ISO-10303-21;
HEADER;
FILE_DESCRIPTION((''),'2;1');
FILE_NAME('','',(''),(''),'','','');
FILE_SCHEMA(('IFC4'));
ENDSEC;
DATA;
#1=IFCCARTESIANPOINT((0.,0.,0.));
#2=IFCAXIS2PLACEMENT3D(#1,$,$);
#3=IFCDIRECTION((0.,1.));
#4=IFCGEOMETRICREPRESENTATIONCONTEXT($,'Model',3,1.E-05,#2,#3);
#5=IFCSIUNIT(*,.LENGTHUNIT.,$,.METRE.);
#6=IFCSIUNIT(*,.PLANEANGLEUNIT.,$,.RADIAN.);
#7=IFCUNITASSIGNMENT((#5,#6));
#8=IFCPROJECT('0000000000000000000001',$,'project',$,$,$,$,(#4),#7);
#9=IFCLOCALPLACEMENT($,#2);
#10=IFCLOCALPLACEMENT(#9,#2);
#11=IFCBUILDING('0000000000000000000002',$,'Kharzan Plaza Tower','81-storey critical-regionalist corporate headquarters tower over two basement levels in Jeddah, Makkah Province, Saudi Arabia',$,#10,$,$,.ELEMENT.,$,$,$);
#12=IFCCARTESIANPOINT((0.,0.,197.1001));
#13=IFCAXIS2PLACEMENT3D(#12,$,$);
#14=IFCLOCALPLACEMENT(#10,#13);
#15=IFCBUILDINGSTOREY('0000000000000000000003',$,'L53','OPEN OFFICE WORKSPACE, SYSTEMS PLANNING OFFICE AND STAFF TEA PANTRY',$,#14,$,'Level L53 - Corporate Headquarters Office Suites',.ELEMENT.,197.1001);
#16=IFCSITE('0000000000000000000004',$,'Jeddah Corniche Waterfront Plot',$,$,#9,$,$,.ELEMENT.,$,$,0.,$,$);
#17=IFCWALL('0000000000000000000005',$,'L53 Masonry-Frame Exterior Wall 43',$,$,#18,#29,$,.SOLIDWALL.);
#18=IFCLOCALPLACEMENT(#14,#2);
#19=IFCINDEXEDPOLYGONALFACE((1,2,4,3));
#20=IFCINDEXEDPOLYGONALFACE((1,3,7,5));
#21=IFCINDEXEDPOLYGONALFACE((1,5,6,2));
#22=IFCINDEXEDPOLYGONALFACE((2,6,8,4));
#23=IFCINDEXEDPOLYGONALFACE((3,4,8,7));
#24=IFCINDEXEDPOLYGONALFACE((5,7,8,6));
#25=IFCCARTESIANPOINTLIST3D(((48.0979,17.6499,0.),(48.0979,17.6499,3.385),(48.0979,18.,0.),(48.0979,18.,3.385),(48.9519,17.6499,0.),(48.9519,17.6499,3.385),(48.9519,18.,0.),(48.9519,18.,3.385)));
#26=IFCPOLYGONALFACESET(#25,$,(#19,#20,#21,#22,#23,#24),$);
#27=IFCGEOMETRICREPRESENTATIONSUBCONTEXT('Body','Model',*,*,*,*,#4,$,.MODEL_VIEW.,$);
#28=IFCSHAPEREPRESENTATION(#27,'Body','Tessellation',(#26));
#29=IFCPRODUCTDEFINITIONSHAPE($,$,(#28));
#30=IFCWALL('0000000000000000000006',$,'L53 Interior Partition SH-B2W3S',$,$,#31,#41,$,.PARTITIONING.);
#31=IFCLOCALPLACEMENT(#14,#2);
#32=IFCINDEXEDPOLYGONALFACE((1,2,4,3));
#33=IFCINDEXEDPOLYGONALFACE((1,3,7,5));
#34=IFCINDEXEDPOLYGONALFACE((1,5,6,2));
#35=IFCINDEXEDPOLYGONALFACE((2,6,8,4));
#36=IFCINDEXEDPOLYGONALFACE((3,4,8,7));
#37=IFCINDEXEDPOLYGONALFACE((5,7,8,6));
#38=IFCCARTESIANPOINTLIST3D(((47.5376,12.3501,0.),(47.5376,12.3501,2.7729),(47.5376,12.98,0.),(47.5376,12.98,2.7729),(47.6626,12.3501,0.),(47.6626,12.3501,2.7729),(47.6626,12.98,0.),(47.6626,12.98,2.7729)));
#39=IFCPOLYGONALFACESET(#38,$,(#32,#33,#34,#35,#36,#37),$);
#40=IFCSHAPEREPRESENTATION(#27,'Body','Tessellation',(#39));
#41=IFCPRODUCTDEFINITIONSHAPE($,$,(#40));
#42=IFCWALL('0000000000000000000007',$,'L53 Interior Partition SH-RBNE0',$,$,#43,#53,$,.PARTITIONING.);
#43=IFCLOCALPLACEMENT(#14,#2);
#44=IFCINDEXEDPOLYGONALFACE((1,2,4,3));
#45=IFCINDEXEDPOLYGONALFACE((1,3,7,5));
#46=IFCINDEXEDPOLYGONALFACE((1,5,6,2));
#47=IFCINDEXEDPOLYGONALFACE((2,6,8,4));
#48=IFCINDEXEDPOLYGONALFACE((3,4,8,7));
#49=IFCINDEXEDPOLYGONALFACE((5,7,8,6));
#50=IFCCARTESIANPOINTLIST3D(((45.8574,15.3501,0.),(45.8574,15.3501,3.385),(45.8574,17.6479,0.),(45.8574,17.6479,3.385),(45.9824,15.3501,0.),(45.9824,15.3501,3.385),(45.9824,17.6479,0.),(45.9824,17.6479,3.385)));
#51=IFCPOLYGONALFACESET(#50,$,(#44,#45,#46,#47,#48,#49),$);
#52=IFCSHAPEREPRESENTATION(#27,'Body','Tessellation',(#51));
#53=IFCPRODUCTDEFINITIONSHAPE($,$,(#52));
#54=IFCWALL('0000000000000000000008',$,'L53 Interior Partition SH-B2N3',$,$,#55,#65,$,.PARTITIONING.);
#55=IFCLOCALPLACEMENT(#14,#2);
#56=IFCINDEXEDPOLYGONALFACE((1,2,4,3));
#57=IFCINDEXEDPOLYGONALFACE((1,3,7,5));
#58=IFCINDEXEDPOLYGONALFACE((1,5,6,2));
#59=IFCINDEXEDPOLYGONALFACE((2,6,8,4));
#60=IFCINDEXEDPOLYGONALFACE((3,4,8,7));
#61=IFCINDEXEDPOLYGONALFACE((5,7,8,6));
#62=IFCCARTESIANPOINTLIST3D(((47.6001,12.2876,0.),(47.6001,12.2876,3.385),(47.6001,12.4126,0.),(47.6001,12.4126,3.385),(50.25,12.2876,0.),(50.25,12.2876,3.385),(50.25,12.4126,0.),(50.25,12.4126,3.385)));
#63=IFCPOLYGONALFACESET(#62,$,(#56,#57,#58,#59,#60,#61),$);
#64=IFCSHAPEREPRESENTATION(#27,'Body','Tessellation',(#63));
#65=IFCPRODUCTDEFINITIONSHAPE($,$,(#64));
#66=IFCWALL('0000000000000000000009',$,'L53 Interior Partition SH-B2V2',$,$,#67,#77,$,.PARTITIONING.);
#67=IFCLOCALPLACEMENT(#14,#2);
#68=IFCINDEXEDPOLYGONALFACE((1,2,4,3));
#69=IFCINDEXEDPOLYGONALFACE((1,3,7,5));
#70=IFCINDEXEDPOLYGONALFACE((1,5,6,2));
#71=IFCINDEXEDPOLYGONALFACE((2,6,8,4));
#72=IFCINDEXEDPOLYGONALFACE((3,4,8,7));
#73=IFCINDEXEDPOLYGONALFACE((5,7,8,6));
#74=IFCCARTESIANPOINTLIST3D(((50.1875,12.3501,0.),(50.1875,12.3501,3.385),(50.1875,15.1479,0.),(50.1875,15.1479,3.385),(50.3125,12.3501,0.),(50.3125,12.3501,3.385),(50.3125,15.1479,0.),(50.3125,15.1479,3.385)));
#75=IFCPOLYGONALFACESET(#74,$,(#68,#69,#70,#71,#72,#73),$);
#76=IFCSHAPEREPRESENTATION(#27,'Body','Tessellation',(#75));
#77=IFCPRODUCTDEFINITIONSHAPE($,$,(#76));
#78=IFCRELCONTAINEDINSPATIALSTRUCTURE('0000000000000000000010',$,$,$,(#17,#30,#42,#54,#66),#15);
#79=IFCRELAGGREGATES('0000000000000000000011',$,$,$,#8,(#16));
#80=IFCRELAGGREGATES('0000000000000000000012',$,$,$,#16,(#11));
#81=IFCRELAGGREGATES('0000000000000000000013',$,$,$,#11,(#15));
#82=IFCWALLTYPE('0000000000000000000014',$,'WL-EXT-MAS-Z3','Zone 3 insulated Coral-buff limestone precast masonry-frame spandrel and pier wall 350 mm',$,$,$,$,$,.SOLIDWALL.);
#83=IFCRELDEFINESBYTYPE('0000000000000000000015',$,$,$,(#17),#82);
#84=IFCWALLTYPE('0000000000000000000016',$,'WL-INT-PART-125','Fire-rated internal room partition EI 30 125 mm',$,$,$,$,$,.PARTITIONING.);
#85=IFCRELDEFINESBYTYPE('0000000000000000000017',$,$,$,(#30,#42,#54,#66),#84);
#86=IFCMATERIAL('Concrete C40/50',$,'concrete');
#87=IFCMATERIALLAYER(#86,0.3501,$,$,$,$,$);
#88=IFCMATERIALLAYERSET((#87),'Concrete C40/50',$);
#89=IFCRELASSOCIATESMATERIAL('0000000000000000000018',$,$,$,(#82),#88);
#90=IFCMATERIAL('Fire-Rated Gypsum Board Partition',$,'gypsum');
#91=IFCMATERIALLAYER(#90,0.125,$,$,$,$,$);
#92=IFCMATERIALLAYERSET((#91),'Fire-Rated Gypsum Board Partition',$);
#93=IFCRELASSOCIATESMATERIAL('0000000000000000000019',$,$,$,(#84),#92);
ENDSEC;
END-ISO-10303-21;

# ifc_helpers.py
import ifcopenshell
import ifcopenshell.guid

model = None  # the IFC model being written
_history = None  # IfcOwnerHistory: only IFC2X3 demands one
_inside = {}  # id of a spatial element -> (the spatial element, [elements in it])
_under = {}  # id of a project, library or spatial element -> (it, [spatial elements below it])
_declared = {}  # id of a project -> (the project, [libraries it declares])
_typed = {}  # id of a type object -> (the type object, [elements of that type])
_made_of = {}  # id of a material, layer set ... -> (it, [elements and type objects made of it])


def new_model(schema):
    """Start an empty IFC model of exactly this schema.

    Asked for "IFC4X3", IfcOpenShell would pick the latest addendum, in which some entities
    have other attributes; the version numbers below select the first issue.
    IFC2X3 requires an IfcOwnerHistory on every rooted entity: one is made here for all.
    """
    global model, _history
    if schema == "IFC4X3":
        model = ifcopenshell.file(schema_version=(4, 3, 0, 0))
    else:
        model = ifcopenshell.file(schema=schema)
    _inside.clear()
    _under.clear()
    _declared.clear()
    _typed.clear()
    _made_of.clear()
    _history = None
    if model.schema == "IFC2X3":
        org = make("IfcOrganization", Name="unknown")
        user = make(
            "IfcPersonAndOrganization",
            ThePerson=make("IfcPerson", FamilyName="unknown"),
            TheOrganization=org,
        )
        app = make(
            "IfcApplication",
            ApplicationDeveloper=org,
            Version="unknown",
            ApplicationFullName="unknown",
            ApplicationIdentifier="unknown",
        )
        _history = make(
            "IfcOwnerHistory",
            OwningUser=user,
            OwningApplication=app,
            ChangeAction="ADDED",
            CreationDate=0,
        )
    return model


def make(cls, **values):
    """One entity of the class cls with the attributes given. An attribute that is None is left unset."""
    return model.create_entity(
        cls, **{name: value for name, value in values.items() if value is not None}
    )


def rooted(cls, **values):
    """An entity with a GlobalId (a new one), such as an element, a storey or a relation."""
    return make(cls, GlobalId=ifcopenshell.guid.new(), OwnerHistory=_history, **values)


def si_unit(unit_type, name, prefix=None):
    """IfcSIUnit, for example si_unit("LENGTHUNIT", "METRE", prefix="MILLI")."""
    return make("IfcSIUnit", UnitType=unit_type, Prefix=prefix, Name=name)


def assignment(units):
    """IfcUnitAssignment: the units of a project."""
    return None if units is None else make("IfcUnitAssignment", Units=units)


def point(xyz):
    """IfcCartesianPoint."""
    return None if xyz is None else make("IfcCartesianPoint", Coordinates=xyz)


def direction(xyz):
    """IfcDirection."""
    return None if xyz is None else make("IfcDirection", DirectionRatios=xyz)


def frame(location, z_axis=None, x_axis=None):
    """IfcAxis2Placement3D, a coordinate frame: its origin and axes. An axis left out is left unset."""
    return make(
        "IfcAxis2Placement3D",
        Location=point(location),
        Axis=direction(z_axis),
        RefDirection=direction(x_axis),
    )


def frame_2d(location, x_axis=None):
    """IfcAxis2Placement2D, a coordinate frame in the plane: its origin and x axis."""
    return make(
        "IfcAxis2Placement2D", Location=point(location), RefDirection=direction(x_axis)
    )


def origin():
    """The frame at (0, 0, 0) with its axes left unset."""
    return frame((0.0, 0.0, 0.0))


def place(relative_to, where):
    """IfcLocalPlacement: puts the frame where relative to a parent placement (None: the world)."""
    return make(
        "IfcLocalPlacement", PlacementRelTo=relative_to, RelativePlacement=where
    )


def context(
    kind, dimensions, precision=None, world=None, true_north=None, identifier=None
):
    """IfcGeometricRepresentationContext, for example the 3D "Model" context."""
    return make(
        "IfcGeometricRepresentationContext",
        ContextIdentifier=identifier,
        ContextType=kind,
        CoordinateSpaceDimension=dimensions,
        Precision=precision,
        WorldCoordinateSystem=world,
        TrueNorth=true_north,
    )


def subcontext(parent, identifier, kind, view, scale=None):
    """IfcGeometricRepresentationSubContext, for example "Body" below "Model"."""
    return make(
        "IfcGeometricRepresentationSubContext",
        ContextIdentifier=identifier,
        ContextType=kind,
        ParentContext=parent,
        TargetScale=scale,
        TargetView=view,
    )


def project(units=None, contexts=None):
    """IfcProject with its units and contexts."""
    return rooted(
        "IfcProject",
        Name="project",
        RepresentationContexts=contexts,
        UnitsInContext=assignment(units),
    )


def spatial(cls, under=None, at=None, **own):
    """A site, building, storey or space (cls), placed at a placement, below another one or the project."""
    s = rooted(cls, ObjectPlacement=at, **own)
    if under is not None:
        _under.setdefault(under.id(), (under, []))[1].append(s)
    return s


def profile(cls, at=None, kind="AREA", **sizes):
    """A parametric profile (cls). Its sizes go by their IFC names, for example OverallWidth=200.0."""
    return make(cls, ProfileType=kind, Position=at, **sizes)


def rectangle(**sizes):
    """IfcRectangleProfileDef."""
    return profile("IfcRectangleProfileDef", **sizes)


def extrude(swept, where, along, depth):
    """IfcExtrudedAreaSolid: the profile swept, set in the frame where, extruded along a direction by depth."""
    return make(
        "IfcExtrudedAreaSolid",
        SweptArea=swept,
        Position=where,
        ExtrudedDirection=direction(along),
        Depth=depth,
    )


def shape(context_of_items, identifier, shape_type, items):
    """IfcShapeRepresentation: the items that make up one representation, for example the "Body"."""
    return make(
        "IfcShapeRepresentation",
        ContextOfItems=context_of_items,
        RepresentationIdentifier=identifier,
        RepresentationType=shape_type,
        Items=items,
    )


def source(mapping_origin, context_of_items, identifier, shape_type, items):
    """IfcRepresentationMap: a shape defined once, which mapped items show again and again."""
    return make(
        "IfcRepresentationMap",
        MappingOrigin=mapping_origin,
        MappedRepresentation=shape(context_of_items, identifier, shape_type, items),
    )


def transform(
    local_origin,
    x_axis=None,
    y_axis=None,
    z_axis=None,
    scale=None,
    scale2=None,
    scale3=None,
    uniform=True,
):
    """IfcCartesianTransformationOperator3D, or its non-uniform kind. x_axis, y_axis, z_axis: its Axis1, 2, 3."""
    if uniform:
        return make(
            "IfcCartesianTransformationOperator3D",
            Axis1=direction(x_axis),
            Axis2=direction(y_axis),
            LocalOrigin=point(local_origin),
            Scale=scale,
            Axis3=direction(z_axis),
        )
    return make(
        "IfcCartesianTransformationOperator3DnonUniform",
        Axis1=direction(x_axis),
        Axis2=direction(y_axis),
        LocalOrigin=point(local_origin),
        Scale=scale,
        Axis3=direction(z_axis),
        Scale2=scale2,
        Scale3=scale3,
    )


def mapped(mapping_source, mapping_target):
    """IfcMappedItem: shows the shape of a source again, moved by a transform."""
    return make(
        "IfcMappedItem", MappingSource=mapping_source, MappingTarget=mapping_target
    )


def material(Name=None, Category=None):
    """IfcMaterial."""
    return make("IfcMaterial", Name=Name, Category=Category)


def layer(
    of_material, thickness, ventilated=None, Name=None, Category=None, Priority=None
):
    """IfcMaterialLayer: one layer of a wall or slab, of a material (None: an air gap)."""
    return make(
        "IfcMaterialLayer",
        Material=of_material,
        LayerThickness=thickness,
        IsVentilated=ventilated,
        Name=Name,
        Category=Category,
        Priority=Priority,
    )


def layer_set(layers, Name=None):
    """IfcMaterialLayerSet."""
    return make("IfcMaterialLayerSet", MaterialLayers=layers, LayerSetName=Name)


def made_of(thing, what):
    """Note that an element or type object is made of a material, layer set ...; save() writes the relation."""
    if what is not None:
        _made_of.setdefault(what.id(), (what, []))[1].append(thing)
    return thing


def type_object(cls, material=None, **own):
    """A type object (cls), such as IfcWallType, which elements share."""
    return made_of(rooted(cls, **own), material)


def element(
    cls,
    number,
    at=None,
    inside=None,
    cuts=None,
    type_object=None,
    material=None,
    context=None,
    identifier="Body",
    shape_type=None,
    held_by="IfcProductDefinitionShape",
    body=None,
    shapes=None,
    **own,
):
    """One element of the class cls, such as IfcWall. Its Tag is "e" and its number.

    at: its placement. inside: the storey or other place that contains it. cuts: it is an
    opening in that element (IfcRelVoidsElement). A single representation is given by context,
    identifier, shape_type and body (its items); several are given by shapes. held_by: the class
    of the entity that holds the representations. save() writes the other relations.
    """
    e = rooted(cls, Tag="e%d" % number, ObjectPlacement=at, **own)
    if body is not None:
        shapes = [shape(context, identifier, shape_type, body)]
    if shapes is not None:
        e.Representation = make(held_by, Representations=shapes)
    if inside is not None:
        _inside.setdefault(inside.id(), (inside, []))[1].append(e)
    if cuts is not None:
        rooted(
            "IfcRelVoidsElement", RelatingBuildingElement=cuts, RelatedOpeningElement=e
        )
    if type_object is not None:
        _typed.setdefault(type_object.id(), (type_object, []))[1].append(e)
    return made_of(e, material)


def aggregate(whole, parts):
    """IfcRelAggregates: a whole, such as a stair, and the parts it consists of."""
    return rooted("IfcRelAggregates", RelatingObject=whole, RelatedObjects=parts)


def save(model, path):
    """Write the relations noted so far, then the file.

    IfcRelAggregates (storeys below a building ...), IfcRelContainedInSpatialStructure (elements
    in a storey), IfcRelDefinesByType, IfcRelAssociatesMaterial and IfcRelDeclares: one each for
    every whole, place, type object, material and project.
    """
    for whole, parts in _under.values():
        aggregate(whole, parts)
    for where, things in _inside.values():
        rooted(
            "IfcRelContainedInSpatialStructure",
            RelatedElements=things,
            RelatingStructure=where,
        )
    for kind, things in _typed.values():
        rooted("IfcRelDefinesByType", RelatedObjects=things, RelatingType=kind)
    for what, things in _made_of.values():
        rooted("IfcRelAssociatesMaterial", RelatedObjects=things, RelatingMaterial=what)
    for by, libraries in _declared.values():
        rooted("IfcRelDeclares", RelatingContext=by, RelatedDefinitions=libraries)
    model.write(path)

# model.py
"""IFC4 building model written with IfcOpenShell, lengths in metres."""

from ifc_helpers import new_model, si_unit, direction, frame, frame_2d, origin, place, context, subcontext, project, spatial, rectangle, extrude, source, transform, mapped, material, layer, layer_set, type_object, element, save


model = new_model("IFC4")

# Units and contexts
model_context = context("Model", 3, precision=1e-05, world=origin(), true_north=direction((0.0, 1.0)))
body_context = subcontext(model_context, "Body", "Model", "MODEL_VIEW")
ifc_project = project(units=[si_unit("LENGTHUNIT", "METRE"), si_unit("PLANEANGLEUNIT", "RADIAN")], contexts=[model_context])

# Site, building, storey
site_placement = place(None, origin())
site = spatial("IfcSite", under=ifc_project, at=site_placement, Name="Jeddah Corniche Waterfront Plot", CompositionType="ELEMENT", RefElevation=0.0)
building_placement = place(site_placement, origin())
building = spatial("IfcBuilding", under=site, at=building_placement, Name="Kharzan Plaza Tower", Description="81-storey critical-regionalist corporate headquarters tower over two basement levels in Jeddah, Makkah Province, Saudi Arabia", CompositionType="ELEMENT")
storey_placement = place(building_placement, frame((0.0, 0.0, 197.1001)))
storey = spatial("IfcBuildingStorey", under=building, at=storey_placement, Name="L53", Description="OPEN OFFICE WORKSPACE, SYSTEMS PLANNING OFFICE AND STAFF TEA PANTRY", LongName="Level L53 - Corporate Headquarters Office Suites", CompositionType="ELEMENT", Elevation=197.1001)

# Shared definitions
ifc_material_1 = material(Name="Concrete C40/50", Category="concrete")
ifc_layer_1 = layer(ifc_material_1, 0.3501)
ifc_layer_set_1 = layer_set([ifc_layer_1], Name="Concrete C40/50")
wall_type_1 = type_object("IfcWallType", Name="WL-EXT-MAS-Z3", Description="Zone 3 insulated Coral-buff limestone precast masonry-frame spandrel and pier wall 350 mm", PredefinedType="SOLIDWALL", material=ifc_layer_set_1)

# Shared definitions
ifc_material_2 = material(Name="Fire-Rated Gypsum Board Partition", Category="gypsum")
ifc_layer_2 = layer(ifc_material_2, 0.125)
ifc_layer_set_2 = layer_set([ifc_layer_2], Name="Fire-Rated Gypsum Board Partition")
wall_type_2 = type_object("IfcWallType", Name="WL-INT-PART-125", Description="Fire-rated internal room partition EI 30 125 mm", PredefinedType="PARTITIONING", material=ifc_layer_set_2)

# Walls
shared_shape_1 = source(origin(), body_context, "Body", "SweptSolid", [
    extrude(rectangle(XDim=0.854, YDim=0.3501, at=frame_2d((0.427, 0.0))), origin(), (0.0, 0.0, 1.0), 3.385),
])
wall_1_placement = place(storey_placement, frame((48.9519, 17.825, 0.0), z_axis=(0.0, 0.0, 1.0), x_axis=(-1.0, 0.0, 0.0)))
element("IfcWall", 1, at=wall_1_placement, inside=storey, type_object=wall_type_1, Name="L53 Masonry-Frame Exterior Wall 43", PredefinedType="SOLIDWALL", context=body_context, shape_type="MappedRepresentation", body=[
    mapped(shared_shape_1, transform((0.0, 0.0, 0.0), x_axis=(1.0, 0.0, 0.0), y_axis=(0.0, 1.0, 0.0), z_axis=(0.0, 0.0, 1.0))),
])
shared_shape_2 = source(origin(), body_context, "Body", "SweptSolid", [
    extrude(rectangle(XDim=0.6299, YDim=0.125, at=frame_2d((0.3149, 0.0))), origin(), (0.0, 0.0, 1.0), 2.7729),
])
wall_2_placement = place(storey_placement, frame((47.6001, 12.3501, 0.0), z_axis=(0.0, 0.0, 1.0), x_axis=(0.0, 1.0, 0.0)))
element("IfcWall", 2, at=wall_2_placement, inside=storey, type_object=wall_type_2, Name="L53 Interior Partition SH-B2W3S", PredefinedType="PARTITIONING", context=body_context, shape_type="MappedRepresentation", body=[
    mapped(shared_shape_2, transform((0.0, 0.0, 0.0), x_axis=(1.0, 0.0, 0.0), y_axis=(0.0, 1.0, 0.0), z_axis=(0.0, 0.0, 1.0))),
])
shared_shape_3 = source(origin(), body_context, "Body", "SweptSolid", [
    extrude(rectangle(XDim=2.2979, YDim=0.125, at=frame_2d((1.1489, 0.0))), origin(), (0.0, 0.0, 1.0), 3.385),
])
wall_3_placement = place(storey_placement, frame((45.9199, 15.3501, 0.0), z_axis=(0.0, 0.0, 1.0), x_axis=(0.0, 1.0, 0.0)))
element("IfcWall", 3, at=wall_3_placement, inside=storey, type_object=wall_type_2, Name="L53 Interior Partition SH-RBNE0", PredefinedType="PARTITIONING", context=body_context, shape_type="MappedRepresentation", body=[
    mapped(shared_shape_3, transform((0.0, 0.0, 0.0), x_axis=(1.0, 0.0, 0.0), y_axis=(0.0, 1.0, 0.0), z_axis=(0.0, 0.0, 1.0))),
])
shared_shape_4 = source(origin(), body_context, "Body", "SweptSolid", [
    extrude(rectangle(XDim=2.6499, YDim=0.125, at=frame_2d((1.325, 0.0))), origin(), (0.0, 0.0, 1.0), 3.385),
])
wall_4_placement = place(storey_placement, frame((47.6001, 12.3501, 0.0), z_axis=(0.0, 0.0, 1.0), x_axis=(1.0, 0.0, 0.0)))
element("IfcWall", 4, at=wall_4_placement, inside=storey, type_object=wall_type_2, Name="L53 Interior Partition SH-B2N3", PredefinedType="PARTITIONING", context=body_context, shape_type="MappedRepresentation", body=[
    mapped(shared_shape_4, transform((0.0, 0.0, 0.0), x_axis=(1.0, 0.0, 0.0), y_axis=(0.0, 1.0, 0.0), z_axis=(0.0, 0.0, 1.0))),
])
shared_shape_5 = source(origin(), body_context, "Body", "SweptSolid", [
    extrude(rectangle(XDim=2.7979, YDim=0.125, at=frame_2d((1.3989, 0.0))), origin(), (0.0, 0.0, 1.0), 3.385),
])
wall_5_placement = place(storey_placement, frame((50.25, 12.3501, 0.0), z_axis=(0.0, 0.0, 1.0), x_axis=(0.0, 1.0, 0.0)))
element("IfcWall", 5, at=wall_5_placement, inside=storey, type_object=wall_type_2, Name="L53 Interior Partition SH-B2V2", PredefinedType="PARTITIONING", context=body_context, shape_type="MappedRepresentation", body=[
    mapped(shared_shape_5, transform((0.0, 0.0, 0.0), x_axis=(1.0, 0.0, 0.0), y_axis=(0.0, 1.0, 0.0), z_axis=(0.0, 0.0, 1.0))),
])

save(model, "model.ifc")
